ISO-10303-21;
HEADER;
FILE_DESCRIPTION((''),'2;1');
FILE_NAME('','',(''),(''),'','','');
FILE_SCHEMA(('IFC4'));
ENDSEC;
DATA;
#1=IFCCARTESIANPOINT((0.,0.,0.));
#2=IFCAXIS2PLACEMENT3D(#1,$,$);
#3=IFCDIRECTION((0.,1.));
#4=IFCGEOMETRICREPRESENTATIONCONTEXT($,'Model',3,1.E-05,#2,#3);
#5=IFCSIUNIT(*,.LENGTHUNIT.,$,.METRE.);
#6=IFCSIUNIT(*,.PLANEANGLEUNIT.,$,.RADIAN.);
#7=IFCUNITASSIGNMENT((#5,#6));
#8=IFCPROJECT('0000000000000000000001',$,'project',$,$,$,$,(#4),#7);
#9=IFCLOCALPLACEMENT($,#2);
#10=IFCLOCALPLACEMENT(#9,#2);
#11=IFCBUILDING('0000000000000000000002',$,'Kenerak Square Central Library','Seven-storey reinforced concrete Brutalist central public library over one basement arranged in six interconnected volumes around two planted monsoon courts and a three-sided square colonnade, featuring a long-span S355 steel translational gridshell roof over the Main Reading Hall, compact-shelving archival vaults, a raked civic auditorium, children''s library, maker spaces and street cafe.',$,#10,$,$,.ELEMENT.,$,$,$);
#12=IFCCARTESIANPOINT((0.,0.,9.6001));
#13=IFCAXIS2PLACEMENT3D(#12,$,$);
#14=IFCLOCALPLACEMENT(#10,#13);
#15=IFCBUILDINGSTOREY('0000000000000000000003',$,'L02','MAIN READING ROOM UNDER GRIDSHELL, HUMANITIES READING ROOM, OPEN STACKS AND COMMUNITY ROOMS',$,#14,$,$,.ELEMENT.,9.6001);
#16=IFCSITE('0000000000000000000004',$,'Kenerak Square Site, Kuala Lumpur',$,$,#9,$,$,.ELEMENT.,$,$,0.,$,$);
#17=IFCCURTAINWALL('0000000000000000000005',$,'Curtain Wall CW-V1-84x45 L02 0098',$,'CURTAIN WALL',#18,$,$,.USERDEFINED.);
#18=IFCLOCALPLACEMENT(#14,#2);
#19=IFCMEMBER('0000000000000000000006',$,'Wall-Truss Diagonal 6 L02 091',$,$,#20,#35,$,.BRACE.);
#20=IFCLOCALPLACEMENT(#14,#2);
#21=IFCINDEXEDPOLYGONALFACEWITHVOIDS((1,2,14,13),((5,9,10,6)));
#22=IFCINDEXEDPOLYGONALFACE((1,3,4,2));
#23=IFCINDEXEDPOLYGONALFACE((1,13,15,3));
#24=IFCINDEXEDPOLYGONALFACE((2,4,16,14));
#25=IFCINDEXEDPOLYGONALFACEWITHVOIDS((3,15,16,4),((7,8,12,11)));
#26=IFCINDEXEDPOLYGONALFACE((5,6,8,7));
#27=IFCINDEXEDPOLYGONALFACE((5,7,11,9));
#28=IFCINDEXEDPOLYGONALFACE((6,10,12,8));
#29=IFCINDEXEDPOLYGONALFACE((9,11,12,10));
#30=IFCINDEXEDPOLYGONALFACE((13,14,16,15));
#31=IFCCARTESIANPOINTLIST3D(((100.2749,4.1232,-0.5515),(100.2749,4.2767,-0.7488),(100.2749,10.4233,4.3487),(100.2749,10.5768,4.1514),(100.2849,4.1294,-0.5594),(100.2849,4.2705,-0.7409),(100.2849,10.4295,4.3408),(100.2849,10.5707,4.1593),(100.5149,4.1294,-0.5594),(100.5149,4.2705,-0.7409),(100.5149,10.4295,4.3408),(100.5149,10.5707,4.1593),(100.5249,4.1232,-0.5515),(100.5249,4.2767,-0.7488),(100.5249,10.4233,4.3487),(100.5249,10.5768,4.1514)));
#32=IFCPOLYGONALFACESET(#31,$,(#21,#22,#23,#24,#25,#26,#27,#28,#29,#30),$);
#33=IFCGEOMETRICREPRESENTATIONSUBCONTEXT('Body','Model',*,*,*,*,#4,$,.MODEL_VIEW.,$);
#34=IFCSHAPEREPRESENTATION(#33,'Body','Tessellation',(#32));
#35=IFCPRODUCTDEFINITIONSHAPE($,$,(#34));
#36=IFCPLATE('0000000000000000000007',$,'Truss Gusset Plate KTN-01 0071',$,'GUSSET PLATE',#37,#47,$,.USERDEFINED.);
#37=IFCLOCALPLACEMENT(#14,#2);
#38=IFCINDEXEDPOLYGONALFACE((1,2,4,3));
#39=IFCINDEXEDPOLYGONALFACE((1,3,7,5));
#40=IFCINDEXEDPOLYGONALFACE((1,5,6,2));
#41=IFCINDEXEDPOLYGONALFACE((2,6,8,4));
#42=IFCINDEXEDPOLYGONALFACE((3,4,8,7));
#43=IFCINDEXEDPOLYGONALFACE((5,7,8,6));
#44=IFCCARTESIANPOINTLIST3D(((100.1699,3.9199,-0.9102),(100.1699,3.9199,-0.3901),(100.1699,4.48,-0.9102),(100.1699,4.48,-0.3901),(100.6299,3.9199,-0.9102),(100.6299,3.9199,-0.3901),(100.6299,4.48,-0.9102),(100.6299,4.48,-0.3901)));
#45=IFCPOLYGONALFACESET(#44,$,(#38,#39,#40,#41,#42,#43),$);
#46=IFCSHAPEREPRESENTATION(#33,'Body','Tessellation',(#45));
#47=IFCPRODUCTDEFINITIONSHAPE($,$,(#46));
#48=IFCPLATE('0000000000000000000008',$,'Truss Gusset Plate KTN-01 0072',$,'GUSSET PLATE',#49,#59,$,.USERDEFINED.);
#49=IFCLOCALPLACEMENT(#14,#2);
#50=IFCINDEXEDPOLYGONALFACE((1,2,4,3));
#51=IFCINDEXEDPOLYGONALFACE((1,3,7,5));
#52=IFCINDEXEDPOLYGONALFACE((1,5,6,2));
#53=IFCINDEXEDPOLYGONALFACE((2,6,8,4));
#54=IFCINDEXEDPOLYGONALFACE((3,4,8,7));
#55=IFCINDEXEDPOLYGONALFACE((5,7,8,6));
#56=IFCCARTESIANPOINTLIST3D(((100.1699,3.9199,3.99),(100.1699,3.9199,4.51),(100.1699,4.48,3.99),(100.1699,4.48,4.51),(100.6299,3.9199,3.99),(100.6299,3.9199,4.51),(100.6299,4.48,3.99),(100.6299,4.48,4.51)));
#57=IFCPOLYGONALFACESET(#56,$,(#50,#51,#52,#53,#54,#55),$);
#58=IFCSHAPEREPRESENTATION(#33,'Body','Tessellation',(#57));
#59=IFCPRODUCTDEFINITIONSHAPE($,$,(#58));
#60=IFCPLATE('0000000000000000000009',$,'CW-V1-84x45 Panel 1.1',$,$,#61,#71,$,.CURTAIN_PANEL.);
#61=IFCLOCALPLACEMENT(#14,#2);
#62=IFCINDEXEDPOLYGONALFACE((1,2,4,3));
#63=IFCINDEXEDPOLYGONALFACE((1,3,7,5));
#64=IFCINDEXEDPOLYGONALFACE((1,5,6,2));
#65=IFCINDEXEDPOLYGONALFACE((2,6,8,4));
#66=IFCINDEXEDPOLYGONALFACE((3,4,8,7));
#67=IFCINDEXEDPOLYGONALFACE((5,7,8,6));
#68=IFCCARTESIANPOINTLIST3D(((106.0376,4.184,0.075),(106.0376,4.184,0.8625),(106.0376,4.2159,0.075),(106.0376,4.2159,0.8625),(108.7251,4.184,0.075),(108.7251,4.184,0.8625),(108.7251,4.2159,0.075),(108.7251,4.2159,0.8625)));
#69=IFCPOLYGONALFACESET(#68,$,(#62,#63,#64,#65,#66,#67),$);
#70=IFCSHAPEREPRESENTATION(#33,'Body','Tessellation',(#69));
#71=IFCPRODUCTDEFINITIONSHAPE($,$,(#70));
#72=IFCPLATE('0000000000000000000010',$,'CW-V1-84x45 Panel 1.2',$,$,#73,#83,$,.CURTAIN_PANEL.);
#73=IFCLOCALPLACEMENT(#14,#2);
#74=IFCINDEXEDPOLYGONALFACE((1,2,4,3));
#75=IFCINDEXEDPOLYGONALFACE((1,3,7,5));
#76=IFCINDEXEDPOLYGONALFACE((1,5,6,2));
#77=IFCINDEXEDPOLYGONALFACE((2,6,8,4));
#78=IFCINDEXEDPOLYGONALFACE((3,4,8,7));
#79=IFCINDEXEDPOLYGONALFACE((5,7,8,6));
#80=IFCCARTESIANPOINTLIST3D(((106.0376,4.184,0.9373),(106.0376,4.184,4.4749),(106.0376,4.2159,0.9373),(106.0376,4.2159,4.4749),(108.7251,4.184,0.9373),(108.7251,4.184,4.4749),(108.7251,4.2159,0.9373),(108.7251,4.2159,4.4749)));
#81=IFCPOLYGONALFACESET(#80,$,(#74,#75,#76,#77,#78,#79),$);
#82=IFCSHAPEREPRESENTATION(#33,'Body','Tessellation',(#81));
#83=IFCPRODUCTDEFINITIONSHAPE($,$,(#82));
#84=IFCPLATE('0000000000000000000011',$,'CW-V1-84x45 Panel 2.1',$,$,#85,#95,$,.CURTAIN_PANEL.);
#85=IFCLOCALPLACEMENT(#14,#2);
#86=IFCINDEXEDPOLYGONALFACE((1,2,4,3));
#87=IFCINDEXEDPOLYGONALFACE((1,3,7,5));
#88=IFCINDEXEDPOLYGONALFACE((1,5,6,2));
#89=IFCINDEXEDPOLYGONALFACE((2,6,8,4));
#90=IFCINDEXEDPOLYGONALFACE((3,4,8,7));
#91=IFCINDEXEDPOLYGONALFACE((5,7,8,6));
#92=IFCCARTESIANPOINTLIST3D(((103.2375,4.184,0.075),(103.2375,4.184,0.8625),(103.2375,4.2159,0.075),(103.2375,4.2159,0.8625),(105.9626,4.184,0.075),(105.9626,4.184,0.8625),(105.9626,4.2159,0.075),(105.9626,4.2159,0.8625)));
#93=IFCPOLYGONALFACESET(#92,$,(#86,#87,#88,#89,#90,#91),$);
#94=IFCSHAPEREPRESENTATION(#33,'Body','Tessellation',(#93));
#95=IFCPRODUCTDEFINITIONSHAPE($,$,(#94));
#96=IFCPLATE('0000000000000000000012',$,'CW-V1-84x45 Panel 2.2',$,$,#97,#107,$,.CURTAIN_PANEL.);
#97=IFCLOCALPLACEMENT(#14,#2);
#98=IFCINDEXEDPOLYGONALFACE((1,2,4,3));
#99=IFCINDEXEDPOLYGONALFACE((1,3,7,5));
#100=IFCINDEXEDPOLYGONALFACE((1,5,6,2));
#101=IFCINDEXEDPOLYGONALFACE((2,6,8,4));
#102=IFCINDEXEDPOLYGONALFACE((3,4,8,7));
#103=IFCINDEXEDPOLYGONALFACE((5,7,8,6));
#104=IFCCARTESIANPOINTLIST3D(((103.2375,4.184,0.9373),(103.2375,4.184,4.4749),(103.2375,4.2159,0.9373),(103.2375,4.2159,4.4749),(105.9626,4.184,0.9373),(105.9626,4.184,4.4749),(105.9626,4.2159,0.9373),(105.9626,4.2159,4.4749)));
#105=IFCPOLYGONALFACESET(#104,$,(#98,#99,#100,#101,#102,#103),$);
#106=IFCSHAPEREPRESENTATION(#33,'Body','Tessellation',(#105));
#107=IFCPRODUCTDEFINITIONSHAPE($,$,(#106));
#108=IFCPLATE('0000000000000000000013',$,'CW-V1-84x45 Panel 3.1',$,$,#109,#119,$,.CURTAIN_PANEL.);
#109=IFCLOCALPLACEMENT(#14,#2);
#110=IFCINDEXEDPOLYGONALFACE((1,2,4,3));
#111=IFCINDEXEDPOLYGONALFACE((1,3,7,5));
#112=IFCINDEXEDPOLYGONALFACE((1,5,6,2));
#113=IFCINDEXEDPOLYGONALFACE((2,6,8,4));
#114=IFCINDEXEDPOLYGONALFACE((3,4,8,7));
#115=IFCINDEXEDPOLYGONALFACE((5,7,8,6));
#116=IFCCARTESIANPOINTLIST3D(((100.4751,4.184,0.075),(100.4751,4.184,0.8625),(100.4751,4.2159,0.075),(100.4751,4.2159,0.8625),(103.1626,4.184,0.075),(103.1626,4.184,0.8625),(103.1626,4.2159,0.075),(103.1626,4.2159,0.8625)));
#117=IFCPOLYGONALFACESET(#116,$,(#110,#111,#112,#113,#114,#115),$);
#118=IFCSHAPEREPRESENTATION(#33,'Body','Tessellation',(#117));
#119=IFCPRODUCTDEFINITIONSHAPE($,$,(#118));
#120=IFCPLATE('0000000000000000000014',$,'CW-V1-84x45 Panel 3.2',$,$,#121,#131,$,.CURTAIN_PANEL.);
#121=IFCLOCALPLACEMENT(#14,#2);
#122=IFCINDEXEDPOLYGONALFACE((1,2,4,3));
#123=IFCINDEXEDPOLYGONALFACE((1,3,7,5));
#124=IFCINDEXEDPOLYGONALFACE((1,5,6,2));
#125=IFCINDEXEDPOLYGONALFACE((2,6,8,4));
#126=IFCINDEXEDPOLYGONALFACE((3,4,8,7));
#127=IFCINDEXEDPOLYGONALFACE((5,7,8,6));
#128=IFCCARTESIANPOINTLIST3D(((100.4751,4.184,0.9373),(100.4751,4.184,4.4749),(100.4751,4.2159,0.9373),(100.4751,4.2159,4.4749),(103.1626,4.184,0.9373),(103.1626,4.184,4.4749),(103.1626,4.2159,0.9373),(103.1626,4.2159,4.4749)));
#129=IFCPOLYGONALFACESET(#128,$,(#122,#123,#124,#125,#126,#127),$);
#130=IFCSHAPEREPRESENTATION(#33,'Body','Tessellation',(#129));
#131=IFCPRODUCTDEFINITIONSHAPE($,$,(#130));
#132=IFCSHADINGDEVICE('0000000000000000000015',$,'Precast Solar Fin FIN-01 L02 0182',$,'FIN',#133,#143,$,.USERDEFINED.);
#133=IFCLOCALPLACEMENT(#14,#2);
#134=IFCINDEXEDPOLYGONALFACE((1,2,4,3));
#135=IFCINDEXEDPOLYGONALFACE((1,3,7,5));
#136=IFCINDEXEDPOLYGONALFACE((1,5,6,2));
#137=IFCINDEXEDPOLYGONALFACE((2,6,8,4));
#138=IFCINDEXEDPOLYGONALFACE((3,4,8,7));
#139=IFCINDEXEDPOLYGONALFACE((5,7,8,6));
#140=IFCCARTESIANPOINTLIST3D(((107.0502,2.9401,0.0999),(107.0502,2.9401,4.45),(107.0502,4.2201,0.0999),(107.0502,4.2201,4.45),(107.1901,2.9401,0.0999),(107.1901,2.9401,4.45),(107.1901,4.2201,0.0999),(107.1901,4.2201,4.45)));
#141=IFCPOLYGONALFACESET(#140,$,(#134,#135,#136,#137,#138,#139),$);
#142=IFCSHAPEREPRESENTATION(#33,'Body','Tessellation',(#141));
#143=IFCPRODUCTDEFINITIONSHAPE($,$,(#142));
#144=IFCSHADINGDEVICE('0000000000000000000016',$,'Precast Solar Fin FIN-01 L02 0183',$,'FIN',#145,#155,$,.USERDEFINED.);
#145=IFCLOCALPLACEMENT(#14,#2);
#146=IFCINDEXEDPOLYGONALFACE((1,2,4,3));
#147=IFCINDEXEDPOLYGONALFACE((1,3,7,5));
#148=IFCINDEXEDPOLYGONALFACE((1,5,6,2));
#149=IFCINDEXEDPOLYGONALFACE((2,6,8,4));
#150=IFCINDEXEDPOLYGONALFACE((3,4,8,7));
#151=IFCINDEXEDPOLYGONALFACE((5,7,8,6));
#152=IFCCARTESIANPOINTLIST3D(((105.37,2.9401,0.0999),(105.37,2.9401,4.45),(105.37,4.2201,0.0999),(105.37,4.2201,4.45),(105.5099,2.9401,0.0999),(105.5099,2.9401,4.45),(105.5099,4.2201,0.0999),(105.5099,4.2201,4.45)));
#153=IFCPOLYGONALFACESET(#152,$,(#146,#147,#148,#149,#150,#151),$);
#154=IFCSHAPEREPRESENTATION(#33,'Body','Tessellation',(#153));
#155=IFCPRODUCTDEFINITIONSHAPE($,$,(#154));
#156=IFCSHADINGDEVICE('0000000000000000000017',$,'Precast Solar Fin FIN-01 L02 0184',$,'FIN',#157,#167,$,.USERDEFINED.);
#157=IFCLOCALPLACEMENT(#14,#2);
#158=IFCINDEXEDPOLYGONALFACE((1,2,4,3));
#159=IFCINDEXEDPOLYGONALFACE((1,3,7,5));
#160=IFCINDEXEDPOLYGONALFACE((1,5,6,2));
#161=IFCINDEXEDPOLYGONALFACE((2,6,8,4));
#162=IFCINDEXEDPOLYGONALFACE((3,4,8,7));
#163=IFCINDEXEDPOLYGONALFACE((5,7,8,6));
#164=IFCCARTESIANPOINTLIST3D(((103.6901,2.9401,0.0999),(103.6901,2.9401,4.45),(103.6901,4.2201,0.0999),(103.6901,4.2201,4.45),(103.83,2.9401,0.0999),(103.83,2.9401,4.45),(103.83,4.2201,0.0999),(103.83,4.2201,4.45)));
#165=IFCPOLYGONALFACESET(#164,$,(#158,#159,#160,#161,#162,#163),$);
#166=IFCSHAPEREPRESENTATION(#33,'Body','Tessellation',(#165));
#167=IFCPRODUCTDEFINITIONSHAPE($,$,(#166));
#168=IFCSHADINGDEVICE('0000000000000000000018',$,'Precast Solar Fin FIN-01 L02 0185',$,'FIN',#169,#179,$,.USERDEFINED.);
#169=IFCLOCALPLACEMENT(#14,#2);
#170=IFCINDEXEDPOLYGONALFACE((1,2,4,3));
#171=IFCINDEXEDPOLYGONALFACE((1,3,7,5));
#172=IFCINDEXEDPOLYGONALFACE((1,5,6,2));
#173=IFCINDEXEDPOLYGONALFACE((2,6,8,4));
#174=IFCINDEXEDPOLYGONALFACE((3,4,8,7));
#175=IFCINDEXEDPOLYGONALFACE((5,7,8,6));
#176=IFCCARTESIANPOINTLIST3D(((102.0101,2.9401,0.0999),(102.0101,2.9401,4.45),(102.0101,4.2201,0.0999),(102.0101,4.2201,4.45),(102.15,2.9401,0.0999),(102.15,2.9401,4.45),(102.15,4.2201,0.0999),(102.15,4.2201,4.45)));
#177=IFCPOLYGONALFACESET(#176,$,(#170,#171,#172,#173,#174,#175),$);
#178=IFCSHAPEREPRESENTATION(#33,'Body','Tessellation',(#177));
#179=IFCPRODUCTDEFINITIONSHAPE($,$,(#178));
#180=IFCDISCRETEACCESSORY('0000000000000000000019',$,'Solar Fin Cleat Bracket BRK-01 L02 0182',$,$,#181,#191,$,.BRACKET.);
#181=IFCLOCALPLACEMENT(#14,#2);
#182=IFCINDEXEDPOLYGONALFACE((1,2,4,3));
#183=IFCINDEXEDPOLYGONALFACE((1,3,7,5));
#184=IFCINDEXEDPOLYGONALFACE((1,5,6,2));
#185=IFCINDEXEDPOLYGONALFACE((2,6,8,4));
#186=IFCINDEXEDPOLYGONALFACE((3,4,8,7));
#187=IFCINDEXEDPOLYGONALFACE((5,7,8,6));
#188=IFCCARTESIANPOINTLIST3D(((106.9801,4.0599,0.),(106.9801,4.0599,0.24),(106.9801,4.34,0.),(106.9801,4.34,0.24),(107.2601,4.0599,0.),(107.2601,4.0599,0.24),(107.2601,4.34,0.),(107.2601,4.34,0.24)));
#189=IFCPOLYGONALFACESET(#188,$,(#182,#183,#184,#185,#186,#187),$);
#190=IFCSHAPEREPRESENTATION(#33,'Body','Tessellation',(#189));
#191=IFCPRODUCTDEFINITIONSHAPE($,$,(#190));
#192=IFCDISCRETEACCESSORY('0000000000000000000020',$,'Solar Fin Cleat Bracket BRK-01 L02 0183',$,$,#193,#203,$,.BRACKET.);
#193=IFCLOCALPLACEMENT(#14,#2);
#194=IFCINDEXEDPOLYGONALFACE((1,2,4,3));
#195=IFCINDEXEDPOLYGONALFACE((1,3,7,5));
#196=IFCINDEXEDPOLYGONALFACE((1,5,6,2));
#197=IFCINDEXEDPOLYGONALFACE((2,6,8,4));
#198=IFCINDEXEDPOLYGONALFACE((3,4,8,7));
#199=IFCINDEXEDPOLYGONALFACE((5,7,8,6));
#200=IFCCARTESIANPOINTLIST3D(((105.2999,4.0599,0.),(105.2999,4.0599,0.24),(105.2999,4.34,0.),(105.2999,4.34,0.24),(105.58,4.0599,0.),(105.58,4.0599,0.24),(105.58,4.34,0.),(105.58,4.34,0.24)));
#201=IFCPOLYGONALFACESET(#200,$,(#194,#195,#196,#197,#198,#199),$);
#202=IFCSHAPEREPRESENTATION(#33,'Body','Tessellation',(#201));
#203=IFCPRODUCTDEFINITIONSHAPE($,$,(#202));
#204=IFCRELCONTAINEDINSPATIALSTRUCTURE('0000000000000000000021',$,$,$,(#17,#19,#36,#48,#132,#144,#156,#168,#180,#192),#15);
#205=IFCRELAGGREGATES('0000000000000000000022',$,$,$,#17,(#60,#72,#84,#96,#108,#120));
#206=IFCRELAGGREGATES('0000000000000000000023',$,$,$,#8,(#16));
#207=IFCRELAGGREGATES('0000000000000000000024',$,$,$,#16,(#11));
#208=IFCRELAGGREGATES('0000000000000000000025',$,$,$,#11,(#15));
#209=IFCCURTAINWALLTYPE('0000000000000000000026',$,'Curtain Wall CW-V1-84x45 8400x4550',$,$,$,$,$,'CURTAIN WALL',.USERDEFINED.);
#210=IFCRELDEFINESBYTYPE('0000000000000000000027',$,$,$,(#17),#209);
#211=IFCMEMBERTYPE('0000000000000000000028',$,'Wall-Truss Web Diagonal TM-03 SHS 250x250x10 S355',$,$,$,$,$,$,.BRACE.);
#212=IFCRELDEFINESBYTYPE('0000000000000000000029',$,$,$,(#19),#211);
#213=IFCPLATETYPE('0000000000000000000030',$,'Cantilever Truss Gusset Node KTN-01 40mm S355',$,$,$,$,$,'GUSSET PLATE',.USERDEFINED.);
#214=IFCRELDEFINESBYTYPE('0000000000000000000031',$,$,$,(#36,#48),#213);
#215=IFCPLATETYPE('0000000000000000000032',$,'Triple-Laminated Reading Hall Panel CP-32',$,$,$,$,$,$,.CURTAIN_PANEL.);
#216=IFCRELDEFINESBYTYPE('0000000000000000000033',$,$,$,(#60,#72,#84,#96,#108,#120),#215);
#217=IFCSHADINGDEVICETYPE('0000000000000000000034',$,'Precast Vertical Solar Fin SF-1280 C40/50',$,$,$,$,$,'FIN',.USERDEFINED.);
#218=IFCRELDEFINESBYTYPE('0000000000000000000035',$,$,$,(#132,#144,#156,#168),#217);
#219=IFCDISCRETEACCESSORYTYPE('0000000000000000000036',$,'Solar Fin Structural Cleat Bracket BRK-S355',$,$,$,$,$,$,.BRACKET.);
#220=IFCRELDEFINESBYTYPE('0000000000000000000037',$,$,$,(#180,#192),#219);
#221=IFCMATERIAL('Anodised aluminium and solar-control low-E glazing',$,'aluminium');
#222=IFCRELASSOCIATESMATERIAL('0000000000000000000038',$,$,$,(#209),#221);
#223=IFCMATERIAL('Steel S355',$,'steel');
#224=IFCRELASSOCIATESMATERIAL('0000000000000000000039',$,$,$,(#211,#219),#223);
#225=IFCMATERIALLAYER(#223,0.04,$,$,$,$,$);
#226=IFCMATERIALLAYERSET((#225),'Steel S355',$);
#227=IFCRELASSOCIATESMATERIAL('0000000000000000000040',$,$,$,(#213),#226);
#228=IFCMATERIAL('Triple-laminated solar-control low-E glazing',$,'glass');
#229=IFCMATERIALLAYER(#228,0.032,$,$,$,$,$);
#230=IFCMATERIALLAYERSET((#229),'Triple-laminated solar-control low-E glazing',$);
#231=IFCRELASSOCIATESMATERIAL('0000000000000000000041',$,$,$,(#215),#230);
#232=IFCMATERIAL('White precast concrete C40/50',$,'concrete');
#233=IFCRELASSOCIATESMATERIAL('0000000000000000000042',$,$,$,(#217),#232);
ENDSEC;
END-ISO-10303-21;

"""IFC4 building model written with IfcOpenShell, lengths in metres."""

from ifc_helpers import new_model, si_unit, direction, frame, origin, origin_2d, place, context, subcontext, project, spatial, rectangle, hollow_rectangle, extrude, material, layer, layer_set, material_profile, profile_set, type_object, element, aggregate, save


model = new_model("IFC4")

# Units and contexts
model_context = context("Model", 3, precision=1e-05, world=origin(), true_north=direction((0.0, 1.0)))
body_context = subcontext(model_context, "Body", "Model", "MODEL_VIEW")
ifc_project = project(units=[si_unit("LENGTHUNIT", "METRE"), si_unit("PLANEANGLEUNIT", "RADIAN")], contexts=[model_context])

# Site, building, storey
site_placement = place(None, origin())
site = spatial("IfcSite", under=ifc_project, at=site_placement, Name="Kenerak Square Site, Kuala Lumpur", CompositionType="ELEMENT", RefElevation=0.0)
building_placement = place(site_placement, origin())
building = spatial("IfcBuilding", under=site, at=building_placement, Name="Kenerak Square Central Library", Description="Seven-storey reinforced concrete Brutalist central public library over one basement arranged in six interconnected volumes around two planted monsoon courts and a three-sided square colonnade, featuring a long-span S355 steel translational gridshell roof over the Main Reading Hall, compact-shelving archival vaults, a raked civic auditorium, children's library, maker spaces and street cafe.", CompositionType="ELEMENT")
storey_placement = place(building_placement, frame((0.0, 0.0, 9.6001)))
storey = spatial("IfcBuildingStorey", under=building, at=storey_placement, Name="L02", Description="MAIN READING ROOM UNDER GRIDSHELL, HUMANITIES READING ROOM, OPEN STACKS AND COMMUNITY ROOMS", CompositionType="ELEMENT", Elevation=9.6001)

# Curtain wall
ifc_material_1 = material(Name="Anodised aluminium and solar-control low-E glazing", Category="aluminium")
curtain_wall_type = type_object("IfcCurtainWallType", Name="Curtain Wall CW-V1-84x45 8400x4550", ElementType="CURTAIN WALL", PredefinedType="USERDEFINED", material=ifc_material_1)
curtain_wall_placement = place(storey_placement, origin())
curtain_wall = element("IfcCurtainWall", 1, at=curtain_wall_placement, inside=storey, type_object=curtain_wall_type, Name="Curtain Wall CW-V1-84x45 L02 0098", ObjectType="CURTAIN WALL", PredefinedType="USERDEFINED")

# Shared definitions
ifc_material_2 = material(Name="Steel S355", Category="steel")

# Member
ifc_material_profile_1 = material_profile(ifc_material_2, hollow_rectangle(XDim=0.25, YDim=0.25, WallThickness=0.01, at=origin_2d()), Name="SHS 250x250x10.0")
ifc_profile_set_1 = profile_set([ifc_material_profile_1], Name="Steel S355")
member_type_1 = type_object("IfcMemberType", Name="Wall-Truss Web Diagonal TM-03 SHS 250x250x10 S355", PredefinedType="BRACE", material=ifc_profile_set_1)
member_1_placement = place(storey_placement, frame((100.3999, 4.2, -0.6501), z_axis=(0.0, 0.789346, 0.613949), x_axis=(-1.0, 0.0, 0.0)))
element("IfcMember", 2, at=member_1_placement, inside=storey, type_object=member_type_1, Name="Wall-Truss Diagonal 6 L02 091", PredefinedType="BRACE", context=body_context, shape_type="SweptSolid", body=[
    extrude(hollow_rectangle(XDim=0.25, YDim=0.25, WallThickness=0.01, at=origin_2d()), origin(), (0.0, 0.0, 1.0), 7.9814),
])

# Plates
ifc_layer_1 = layer(ifc_material_2, 0.04)
ifc_layer_set_1 = layer_set([ifc_layer_1], Name="Steel S355")
plate_type_1 = type_object("IfcPlateType", Name="Cantilever Truss Gusset Node KTN-01 40mm S355", ElementType="GUSSET PLATE", PredefinedType="USERDEFINED", material=ifc_layer_set_1)
for number, where, z_axis, x_axis, name in (
    (3, (100.3999, 4.2, -0.9102), (0.0, 0.0, 1.0), (1.0, 0.0, 0.0), "Truss Gusset Plate KTN-01 0071"),
    (4, (100.3999, 4.2, 3.99), (0.0, 0.0, 1.0), (1.0, 0.0, 0.0), "Truss Gusset Plate KTN-01 0072"),
):
    element("IfcPlate", number, at=place(storey_placement, frame(where, z_axis=z_axis, x_axis=x_axis)), inside=storey, type_object=plate_type_1, Name=name, ObjectType="GUSSET PLATE", PredefinedType="USERDEFINED", context=body_context, shape_type="SweptSolid", body=[
        extrude(rectangle(XDim=0.46, YDim=0.5601, at=origin_2d()), origin(), (0.0, 0.0, 1.0), 0.52),
    ])

# Plates
ifc_material_3 = material(Name="Triple-laminated solar-control low-E glazing", Category="glass")
ifc_layer_2 = layer(ifc_material_3, 0.032)
ifc_layer_set_2 = layer_set([ifc_layer_2], Name="Triple-laminated solar-control low-E glazing")
plate_type_2 = type_object("IfcPlateType", Name="Triple-Laminated Reading Hall Panel CP-32", PredefinedType="CURTAIN_PANEL", material=ifc_layer_set_2)
plate_1_placement = place(storey_placement, frame((107.3813, 4.2, 0.075), z_axis=(0.0, 0.0, 1.0), x_axis=(-1.0, 0.0, 0.0)))
plate_1 = element("IfcPlate", 5, at=plate_1_placement, type_object=plate_type_2, Name="CW-V1-84x45 Panel 1.1", PredefinedType="CURTAIN_PANEL", context=body_context, shape_type="SweptSolid", body=[
    extrude(rectangle(XDim=2.6875, YDim=0.032, at=origin_2d()), origin(), (0.0, 0.0, 1.0), 0.7876),
])
plate_2_placement = place(storey_placement, frame((107.3813, 4.2, 0.9373), z_axis=(0.0, 0.0, 1.0), x_axis=(-1.0, 0.0, 0.0)))
plate_2 = element("IfcPlate", 6, at=plate_2_placement, type_object=plate_type_2, Name="CW-V1-84x45 Panel 1.2", PredefinedType="CURTAIN_PANEL", context=body_context, shape_type="SweptSolid", body=[
    extrude(rectangle(XDim=2.6875, YDim=0.032, at=origin_2d()), origin(), (0.0, 0.0, 1.0), 3.5376),
])
plate_3_placement = place(storey_placement, frame((104.6001, 4.2, 0.075), z_axis=(0.0, 0.0, 1.0), x_axis=(-1.0, 0.0, 0.0)))
plate_3 = element("IfcPlate", 7, at=plate_3_placement, type_object=plate_type_2, Name="CW-V1-84x45 Panel 2.1", PredefinedType="CURTAIN_PANEL", context=body_context, shape_type="SweptSolid", body=[
    extrude(rectangle(XDim=2.7251, YDim=0.032, at=origin_2d()), origin(), (0.0, 0.0, 1.0), 0.7876),
])
plate_4_placement = place(storey_placement, frame((104.6001, 4.2, 0.9373), z_axis=(0.0, 0.0, 1.0), x_axis=(-1.0, 0.0, 0.0)))
plate_4 = element("IfcPlate", 8, at=plate_4_placement, type_object=plate_type_2, Name="CW-V1-84x45 Panel 2.2", PredefinedType="CURTAIN_PANEL", context=body_context, shape_type="SweptSolid", body=[
    extrude(rectangle(XDim=2.7251, YDim=0.032, at=origin_2d()), origin(), (0.0, 0.0, 1.0), 3.5376),
])
plate_5_placement = place(storey_placement, frame((101.8188, 4.2, 0.075), z_axis=(0.0, 0.0, 1.0), x_axis=(-1.0, 0.0, 0.0)))
plate_5 = element("IfcPlate", 9, at=plate_5_placement, type_object=plate_type_2, Name="CW-V1-84x45 Panel 3.1", PredefinedType="CURTAIN_PANEL", context=body_context, shape_type="SweptSolid", body=[
    extrude(rectangle(XDim=2.6875, YDim=0.032, at=origin_2d()), origin(), (0.0, 0.0, 1.0), 0.7876),
])
plate_6_placement = place(storey_placement, frame((101.8188, 4.2, 0.9373), z_axis=(0.0, 0.0, 1.0), x_axis=(-1.0, 0.0, 0.0)))
plate_6 = element("IfcPlate", 10, at=plate_6_placement, type_object=plate_type_2, Name="CW-V1-84x45 Panel 3.2", PredefinedType="CURTAIN_PANEL", context=body_context, shape_type="SweptSolid", body=[
    extrude(rectangle(XDim=2.6875, YDim=0.032, at=origin_2d()), origin(), (0.0, 0.0, 1.0), 3.5376),
])
aggregate(curtain_wall, [plate_1, plate_2, plate_3, plate_4, plate_5, plate_6])

# Shading devices
ifc_material_4 = material(Name="White precast concrete C40/50", Category="concrete")
shading_device_type = type_object("IfcShadingDeviceType", Name="Precast Vertical Solar Fin SF-1280 C40/50", ElementType="FIN", PredefinedType="USERDEFINED", material=ifc_material_4)
for number, where, z_axis, x_axis, name in (
    (11, (107.1201, 3.5801, 0.0999), (0.0, 0.0, 1.0), (-1.0, 0.0, 0.0), "Precast Solar Fin FIN-01 L02 0182"),
    (12, (105.4399, 3.5801, 0.0999), (0.0, 0.0, 1.0), (-1.0, 0.0, 0.0), "Precast Solar Fin FIN-01 L02 0183"),
    (13, (103.76, 3.5801, 0.0999), (0.0, 0.0, 1.0), (-1.0, 0.0, 0.0), "Precast Solar Fin FIN-01 L02 0184"),
    (14, (102.0801, 3.5801, 0.0999), (0.0, 0.0, 1.0), (-1.0, 0.0, 0.0), "Precast Solar Fin FIN-01 L02 0185"),
):
    element("IfcShadingDevice", number, at=place(storey_placement, frame(where, z_axis=z_axis, x_axis=x_axis)), inside=storey, type_object=shading_device_type, Name=name, ObjectType="FIN", PredefinedType="USERDEFINED", context=body_context, shape_type="SweptSolid", body=[
        extrude(rectangle(XDim=0.1399, YDim=1.28, at=origin_2d()), origin(), (0.0, 0.0, 1.0), 4.3501),
    ])

# Discrete accessories
discrete_accessory_type = type_object("IfcDiscreteAccessoryType", Name="Solar Fin Structural Cleat Bracket BRK-S355", PredefinedType="BRACKET", material=ifc_material_2)
for number, where, z_axis, x_axis, name in (
    (15, (107.1201, 4.2, 0.0), (0.0, 0.0, 1.0), (-1.0, 0.0, 0.0), "Solar Fin Cleat Bracket BRK-01 L02 0182"),
    (16, (105.4399, 4.2, 0.0), (0.0, 0.0, 1.0), (-1.0, 0.0, 0.0), "Solar Fin Cleat Bracket BRK-01 L02 0183"),
):
    element("IfcDiscreteAccessory", number, at=place(storey_placement, frame(where, z_axis=z_axis, x_axis=x_axis)), inside=storey, type_object=discrete_accessory_type, Name=name, PredefinedType="BRACKET", context=body_context, shape_type="SweptSolid", body=[
        extrude(rectangle(XDim=0.28, YDim=0.28, at=origin_2d()), origin(), (0.0, 0.0, 1.0), 0.24),
    ])

save(model, "model.ifc")
